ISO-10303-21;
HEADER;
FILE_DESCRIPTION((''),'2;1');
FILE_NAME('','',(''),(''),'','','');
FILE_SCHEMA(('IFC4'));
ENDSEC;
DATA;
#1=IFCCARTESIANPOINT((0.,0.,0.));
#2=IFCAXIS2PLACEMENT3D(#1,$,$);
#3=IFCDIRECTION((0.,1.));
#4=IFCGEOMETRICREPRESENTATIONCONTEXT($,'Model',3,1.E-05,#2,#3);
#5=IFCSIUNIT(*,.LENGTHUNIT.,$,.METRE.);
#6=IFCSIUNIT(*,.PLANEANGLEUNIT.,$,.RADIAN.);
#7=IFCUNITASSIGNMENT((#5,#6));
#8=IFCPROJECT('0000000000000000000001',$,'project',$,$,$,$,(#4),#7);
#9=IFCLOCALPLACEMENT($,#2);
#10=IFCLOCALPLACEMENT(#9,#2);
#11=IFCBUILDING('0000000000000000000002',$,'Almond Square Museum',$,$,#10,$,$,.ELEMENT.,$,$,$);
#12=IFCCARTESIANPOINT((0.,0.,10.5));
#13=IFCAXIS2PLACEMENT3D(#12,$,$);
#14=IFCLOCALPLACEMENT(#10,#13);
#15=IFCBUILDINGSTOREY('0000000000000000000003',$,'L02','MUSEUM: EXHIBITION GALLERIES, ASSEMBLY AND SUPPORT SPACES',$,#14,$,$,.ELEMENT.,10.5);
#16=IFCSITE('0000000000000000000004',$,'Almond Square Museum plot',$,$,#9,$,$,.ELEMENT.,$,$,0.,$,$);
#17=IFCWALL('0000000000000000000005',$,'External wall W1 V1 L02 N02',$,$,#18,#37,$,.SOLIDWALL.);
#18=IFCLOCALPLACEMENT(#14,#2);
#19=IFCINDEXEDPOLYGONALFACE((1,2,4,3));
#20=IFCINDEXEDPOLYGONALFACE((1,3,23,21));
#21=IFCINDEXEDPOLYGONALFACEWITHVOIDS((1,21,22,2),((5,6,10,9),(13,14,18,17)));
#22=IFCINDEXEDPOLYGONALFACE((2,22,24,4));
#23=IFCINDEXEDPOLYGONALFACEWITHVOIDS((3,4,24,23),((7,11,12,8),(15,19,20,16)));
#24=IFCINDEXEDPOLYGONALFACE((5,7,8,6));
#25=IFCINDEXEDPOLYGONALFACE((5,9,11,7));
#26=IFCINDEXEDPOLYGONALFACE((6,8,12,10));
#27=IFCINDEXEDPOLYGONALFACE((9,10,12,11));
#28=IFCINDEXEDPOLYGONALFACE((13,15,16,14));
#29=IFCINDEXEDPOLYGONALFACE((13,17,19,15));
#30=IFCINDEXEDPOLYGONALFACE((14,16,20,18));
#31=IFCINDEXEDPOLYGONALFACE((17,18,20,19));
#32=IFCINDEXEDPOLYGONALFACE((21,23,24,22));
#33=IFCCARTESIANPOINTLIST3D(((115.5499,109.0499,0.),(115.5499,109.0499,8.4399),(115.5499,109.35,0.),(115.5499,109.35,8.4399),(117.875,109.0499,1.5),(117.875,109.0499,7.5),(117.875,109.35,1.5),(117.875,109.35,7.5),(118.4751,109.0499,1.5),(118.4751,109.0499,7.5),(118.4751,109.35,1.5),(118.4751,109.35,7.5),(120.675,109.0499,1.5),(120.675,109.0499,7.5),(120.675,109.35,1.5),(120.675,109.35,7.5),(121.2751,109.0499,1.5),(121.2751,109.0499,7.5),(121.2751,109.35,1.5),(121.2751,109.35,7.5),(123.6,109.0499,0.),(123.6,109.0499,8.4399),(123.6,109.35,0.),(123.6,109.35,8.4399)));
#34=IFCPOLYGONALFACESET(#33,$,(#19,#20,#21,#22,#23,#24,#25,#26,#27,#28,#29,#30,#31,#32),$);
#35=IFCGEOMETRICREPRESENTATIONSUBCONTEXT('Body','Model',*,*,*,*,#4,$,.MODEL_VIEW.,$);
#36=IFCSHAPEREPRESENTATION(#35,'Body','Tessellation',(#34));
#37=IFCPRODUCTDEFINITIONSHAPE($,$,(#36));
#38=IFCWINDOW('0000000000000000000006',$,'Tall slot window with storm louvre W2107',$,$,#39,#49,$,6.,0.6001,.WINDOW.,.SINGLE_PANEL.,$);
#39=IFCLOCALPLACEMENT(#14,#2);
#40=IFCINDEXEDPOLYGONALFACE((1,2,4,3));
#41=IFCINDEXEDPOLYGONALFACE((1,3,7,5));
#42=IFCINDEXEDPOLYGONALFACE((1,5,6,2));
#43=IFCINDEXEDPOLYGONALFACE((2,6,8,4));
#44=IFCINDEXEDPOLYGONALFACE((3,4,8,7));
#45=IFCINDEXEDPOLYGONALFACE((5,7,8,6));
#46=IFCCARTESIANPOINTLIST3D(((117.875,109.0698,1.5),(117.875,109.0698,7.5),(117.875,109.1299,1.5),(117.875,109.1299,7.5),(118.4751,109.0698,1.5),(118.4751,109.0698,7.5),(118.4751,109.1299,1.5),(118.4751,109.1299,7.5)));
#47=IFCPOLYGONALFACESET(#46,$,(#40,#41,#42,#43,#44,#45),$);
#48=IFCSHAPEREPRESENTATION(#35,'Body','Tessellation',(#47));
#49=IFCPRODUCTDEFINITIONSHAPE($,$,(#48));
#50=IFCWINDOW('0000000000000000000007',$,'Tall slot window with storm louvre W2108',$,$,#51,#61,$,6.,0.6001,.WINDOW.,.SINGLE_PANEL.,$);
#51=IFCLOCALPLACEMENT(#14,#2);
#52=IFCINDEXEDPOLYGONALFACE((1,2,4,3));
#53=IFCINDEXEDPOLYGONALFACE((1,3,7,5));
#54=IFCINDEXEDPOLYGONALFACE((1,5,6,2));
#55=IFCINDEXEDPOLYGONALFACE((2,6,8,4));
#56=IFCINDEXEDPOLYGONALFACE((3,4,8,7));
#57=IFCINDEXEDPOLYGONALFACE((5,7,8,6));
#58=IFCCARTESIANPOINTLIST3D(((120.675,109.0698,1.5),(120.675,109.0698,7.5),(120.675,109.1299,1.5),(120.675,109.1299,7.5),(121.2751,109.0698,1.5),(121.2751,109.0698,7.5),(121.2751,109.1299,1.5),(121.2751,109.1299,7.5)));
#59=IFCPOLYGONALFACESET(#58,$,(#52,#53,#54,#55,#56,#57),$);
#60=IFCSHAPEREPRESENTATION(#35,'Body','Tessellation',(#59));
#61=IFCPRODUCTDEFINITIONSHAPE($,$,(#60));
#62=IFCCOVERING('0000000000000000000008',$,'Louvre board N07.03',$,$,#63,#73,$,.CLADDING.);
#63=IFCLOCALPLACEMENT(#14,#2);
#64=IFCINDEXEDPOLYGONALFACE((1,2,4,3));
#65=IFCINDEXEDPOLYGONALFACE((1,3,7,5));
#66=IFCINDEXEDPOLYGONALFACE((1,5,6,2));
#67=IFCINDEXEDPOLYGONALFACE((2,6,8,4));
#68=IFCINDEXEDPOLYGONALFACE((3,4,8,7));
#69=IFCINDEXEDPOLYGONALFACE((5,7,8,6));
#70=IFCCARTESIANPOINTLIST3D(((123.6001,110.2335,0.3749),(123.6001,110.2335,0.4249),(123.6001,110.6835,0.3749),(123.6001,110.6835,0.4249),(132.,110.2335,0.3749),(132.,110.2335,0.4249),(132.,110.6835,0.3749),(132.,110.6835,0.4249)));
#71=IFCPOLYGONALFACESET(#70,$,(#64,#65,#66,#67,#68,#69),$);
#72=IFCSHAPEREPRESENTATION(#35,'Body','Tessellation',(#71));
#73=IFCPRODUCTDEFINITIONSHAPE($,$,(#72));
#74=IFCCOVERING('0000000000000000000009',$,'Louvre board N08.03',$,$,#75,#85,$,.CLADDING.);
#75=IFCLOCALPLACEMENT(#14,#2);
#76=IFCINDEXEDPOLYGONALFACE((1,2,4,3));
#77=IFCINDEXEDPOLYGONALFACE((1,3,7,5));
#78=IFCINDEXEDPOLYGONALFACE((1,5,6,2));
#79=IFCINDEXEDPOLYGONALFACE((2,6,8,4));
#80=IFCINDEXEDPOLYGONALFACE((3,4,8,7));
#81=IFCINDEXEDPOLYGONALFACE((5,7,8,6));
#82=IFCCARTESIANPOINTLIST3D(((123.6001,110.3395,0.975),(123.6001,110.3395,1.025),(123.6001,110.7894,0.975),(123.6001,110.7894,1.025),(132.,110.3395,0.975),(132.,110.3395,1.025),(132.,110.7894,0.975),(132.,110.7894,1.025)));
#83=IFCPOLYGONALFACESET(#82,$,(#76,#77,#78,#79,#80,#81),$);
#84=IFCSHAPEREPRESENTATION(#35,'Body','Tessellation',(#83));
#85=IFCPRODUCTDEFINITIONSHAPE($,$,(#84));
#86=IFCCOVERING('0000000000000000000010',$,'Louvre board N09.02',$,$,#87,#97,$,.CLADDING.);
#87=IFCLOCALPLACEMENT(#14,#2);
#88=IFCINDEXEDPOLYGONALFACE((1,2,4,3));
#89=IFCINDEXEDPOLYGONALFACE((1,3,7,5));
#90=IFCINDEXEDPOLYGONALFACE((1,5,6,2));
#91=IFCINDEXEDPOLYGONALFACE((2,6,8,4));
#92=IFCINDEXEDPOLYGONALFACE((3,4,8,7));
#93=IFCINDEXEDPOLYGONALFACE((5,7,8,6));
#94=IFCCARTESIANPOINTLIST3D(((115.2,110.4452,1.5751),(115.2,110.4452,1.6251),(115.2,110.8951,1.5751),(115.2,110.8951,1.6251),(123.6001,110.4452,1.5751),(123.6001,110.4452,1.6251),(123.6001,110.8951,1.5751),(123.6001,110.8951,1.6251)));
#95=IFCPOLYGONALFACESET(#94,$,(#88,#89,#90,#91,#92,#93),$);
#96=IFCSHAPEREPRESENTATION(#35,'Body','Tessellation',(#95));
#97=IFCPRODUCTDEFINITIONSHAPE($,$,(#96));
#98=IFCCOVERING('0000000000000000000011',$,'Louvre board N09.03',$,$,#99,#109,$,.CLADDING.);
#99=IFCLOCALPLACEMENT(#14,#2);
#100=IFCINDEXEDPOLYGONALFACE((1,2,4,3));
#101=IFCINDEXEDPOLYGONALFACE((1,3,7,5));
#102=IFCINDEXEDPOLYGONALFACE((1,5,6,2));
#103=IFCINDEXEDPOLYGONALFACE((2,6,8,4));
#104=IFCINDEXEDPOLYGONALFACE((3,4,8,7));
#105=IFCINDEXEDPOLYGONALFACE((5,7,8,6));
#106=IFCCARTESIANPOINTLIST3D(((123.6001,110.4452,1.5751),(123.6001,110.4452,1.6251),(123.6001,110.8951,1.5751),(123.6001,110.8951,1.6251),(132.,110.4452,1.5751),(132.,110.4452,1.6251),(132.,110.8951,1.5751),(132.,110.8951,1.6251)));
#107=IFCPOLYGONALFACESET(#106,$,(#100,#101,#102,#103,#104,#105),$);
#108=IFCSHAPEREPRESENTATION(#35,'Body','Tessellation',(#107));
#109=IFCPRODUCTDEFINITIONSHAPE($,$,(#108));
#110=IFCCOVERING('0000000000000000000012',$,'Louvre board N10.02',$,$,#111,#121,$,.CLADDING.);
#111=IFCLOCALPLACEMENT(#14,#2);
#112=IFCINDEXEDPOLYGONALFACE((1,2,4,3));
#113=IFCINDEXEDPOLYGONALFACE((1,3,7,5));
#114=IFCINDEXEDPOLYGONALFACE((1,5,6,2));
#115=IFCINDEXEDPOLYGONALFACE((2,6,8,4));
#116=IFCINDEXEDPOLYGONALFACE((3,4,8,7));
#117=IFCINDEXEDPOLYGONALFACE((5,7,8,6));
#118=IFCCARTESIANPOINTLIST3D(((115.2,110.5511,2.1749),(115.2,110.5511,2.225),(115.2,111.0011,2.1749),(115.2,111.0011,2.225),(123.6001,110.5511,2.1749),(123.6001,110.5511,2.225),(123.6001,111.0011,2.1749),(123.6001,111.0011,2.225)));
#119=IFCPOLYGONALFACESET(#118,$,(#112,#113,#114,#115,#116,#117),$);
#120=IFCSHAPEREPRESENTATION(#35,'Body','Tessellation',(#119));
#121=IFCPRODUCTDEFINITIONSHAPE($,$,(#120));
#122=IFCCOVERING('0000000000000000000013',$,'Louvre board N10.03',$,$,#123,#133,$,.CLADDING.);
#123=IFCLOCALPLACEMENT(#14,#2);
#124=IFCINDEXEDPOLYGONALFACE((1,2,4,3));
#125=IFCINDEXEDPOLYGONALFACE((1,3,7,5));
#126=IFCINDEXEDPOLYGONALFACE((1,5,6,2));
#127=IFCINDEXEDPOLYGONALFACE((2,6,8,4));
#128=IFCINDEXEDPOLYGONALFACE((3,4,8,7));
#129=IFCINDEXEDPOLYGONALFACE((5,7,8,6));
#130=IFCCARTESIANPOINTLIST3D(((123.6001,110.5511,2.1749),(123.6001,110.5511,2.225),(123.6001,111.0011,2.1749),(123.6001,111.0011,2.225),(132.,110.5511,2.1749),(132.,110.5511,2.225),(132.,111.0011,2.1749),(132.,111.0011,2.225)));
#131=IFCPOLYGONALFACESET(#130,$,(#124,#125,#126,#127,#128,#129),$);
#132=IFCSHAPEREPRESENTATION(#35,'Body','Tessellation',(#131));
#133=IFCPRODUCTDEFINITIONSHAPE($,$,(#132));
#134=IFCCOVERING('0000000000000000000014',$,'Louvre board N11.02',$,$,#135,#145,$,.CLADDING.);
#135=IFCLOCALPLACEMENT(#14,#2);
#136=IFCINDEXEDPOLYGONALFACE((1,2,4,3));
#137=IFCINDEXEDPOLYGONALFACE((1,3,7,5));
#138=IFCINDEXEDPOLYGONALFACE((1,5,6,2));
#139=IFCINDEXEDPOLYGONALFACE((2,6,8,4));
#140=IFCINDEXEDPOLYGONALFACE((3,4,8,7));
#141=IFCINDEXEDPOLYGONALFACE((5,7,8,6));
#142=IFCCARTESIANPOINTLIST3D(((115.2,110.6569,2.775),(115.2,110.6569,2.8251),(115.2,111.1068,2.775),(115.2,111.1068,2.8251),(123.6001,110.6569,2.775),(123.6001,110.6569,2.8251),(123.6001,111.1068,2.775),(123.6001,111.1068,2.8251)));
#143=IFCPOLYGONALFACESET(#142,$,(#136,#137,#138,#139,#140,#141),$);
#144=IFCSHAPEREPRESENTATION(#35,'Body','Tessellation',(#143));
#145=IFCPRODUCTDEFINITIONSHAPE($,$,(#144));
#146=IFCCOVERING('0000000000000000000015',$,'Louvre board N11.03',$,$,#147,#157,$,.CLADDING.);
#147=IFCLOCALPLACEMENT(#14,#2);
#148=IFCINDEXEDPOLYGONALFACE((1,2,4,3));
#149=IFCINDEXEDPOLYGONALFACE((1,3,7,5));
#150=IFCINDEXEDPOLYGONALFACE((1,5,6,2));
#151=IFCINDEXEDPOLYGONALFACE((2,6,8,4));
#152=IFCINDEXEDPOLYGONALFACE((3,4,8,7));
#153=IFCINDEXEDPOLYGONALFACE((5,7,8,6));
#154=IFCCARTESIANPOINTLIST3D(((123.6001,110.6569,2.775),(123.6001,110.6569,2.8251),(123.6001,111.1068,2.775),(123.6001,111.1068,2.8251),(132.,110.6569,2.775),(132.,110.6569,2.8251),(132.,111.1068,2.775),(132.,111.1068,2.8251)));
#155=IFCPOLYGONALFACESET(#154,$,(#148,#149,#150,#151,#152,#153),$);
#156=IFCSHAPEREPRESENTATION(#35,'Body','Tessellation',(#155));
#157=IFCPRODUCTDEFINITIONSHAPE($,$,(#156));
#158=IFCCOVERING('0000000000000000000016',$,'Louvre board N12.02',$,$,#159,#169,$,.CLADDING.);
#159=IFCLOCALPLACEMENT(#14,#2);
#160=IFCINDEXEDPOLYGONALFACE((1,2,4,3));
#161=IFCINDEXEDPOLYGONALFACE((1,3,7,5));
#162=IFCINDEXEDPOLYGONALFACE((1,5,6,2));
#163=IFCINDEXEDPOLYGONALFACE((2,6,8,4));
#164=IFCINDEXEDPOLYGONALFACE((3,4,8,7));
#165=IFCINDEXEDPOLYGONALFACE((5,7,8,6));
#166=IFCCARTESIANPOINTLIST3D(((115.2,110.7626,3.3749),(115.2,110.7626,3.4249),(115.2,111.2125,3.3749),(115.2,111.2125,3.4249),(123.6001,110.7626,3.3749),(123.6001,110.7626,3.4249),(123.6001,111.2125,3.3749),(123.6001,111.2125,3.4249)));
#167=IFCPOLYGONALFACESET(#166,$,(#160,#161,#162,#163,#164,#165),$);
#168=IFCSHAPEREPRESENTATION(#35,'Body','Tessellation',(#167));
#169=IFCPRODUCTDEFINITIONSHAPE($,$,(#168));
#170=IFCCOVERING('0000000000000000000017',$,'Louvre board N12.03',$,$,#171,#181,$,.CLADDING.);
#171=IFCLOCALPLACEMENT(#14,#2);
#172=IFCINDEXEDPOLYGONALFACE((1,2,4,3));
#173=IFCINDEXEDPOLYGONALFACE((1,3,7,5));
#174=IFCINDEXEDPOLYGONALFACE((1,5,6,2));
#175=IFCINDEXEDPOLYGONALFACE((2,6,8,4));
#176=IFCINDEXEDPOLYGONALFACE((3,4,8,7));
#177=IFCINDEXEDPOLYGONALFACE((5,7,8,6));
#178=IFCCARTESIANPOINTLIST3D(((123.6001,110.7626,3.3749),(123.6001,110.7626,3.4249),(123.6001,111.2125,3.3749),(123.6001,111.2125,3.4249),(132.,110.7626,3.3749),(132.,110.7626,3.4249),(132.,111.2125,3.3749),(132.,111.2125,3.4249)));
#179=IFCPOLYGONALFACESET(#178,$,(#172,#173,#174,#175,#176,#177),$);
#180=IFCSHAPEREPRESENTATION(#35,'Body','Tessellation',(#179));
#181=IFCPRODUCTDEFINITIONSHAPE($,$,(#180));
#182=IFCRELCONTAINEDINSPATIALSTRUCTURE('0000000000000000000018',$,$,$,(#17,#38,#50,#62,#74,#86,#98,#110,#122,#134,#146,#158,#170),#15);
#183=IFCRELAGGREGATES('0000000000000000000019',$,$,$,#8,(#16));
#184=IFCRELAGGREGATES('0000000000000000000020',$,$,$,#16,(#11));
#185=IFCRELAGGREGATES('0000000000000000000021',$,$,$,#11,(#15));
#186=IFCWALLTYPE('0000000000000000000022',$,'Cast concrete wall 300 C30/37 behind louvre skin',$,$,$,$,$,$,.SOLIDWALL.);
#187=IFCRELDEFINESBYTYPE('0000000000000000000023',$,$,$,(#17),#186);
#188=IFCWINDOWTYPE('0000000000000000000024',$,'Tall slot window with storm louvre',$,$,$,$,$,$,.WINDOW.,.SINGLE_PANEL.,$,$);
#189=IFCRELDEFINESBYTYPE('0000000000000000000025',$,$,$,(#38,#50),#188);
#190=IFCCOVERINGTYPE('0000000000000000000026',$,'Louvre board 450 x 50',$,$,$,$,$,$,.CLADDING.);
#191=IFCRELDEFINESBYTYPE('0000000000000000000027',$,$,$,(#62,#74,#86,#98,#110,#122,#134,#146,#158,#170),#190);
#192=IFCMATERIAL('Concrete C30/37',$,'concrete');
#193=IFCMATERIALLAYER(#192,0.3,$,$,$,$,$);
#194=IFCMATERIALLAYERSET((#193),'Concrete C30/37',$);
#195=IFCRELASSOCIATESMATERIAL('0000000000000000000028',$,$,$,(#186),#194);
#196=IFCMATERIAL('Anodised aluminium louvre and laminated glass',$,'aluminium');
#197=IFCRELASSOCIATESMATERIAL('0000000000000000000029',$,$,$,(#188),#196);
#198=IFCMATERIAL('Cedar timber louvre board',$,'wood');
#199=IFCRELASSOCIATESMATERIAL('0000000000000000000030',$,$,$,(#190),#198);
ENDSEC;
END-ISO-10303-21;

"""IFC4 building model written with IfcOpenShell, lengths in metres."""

from ifc_helpers import new_model, si_unit, direction, frame, frame_2d, origin, origin_2d, place, context, subcontext, project, spatial, rectangle, extrude, material, layer, layer_set, material_profile, profile_set, type_object, element, fill, save


model = new_model("IFC4")

# Units and contexts
model_context = context("Model", 3, precision=1e-05, world=origin(), true_north=direction((0.0, 1.0)))
body_context = subcontext(model_context, "Body", "Model", "MODEL_VIEW")
ifc_project = project(units=[si_unit("LENGTHUNIT", "METRE"), si_unit("PLANEANGLEUNIT", "RADIAN")], contexts=[model_context])

# Site, building, storey
site_placement = place(None, origin())
site = spatial("IfcSite", under=ifc_project, at=site_placement, Name="Almond Square Museum plot", CompositionType="ELEMENT", RefElevation=0.0)
building_placement = place(site_placement, origin())
building = spatial("IfcBuilding", under=site, at=building_placement, Name="Almond Square Museum", CompositionType="ELEMENT")
storey_placement = place(building_placement, frame((0.0, 0.0, 10.5)))
storey = spatial("IfcBuildingStorey", under=building, at=storey_placement, Name="L02", Description="MUSEUM: EXHIBITION GALLERIES, ASSEMBLY AND SUPPORT SPACES", CompositionType="ELEMENT", Elevation=10.5)

# Wall, openings, windows
ifc_material_1 = material(Name="Concrete C30/37", Category="concrete")
ifc_layer_1 = layer(ifc_material_1, 0.3)
ifc_layer_set_1 = layer_set([ifc_layer_1], Name="Concrete C30/37")
wall_type = type_object("IfcWallType", Name="Cast concrete wall 300 C30/37 behind louvre skin", PredefinedType="SOLIDWALL", material=ifc_layer_set_1)
wall_placement = place(storey_placement, frame((115.55, 109.2, 0.0), z_axis=(0.0, 0.0, 1.0), x_axis=(1.0, 0.0, 0.0)))
wall = element("IfcWall", 1, at=wall_placement, inside=storey, type_object=wall_type, Name="External wall W1 V1 L02 N02", PredefinedType="SOLIDWALL", context=body_context, shape_type="SweptSolid", body=[
    extrude(rectangle(XDim=8.05, YDim=0.3, at=frame_2d((4.0249, 0.0))), origin(), (0.0, 0.0, 1.0), 8.4399),
])
opening_1_placement = place(wall_placement, frame((2.325, 0.0, 1.5)))
opening_1 = element("IfcOpeningElement", 2, at=opening_1_placement, cuts=wall, PredefinedType="OPENING", context=body_context, shape_type="SweptSolid", body=[
    extrude(rectangle(XDim=0.6001, YDim=6.0, at=frame_2d((0.3, 3.0))), frame((0.0, 0.1599, 0.0), z_axis=(0.0, -1.0, 0.0), x_axis=(1.0, 0.0, 0.0)), (0.0, 0.0, 1.0), 0.3201),
])
opening_2_placement = place(wall_placement, frame((5.125, 0.0, 1.5)))
opening_2 = element("IfcOpeningElement", 3, at=opening_2_placement, cuts=wall, PredefinedType="OPENING", context=body_context, shape_type="SweptSolid", body=[
    extrude(rectangle(XDim=0.6001, YDim=6.0, at=frame_2d((0.3, 3.0))), frame((0.0, 0.1599, 0.0), z_axis=(0.0, -1.0, 0.0), x_axis=(1.0, 0.0, 0.0)), (0.0, 0.0, 1.0), 0.3201),
])
ifc_material_2 = material(Name="Anodised aluminium louvre and laminated glass", Category="aluminium")
window_type = type_object("IfcWindowType", Name="Tall slot window with storm louvre", PartitioningType="SINGLE_PANEL", PredefinedType="WINDOW", material=ifc_material_2)
window_1_placement = place(opening_1_placement, origin())
window_1 = element("IfcWindow", 4, at=window_1_placement, inside=storey, type_object=window_type, Name="Tall slot window with storm louvre W2107", OverallHeight=6.0, OverallWidth=0.6001, PartitioningType="SINGLE_PANEL", PredefinedType="WINDOW", context=body_context, shape_type="SweptSolid", body=[
    extrude(rectangle(XDim=0.6001, YDim=6.0, at=frame_2d((0.3, 3.0))), frame((0.0, -0.0701, 0.0), z_axis=(0.0, -1.0, 0.0), x_axis=(1.0, 0.0, 0.0)), (0.0, 0.0, 1.0), 0.0601),
])
fill(opening_1, window_1)
window_2_placement = place(opening_2_placement, origin())
window_2 = element("IfcWindow", 5, at=window_2_placement, inside=storey, type_object=window_type, Name="Tall slot window with storm louvre W2108", OverallHeight=6.0, OverallWidth=0.6001, PartitioningType="SINGLE_PANEL", PredefinedType="WINDOW", context=body_context, shape_type="SweptSolid", body=[
    extrude(rectangle(XDim=0.6001, YDim=6.0, at=frame_2d((0.3, 3.0))), frame((0.0, -0.0701, 0.0), z_axis=(0.0, -1.0, 0.0), x_axis=(1.0, 0.0, 0.0)), (0.0, 0.0, 1.0), 0.0601),
])
fill(opening_2, window_2)

# Coverings
ifc_material_3 = material(Name="Cedar timber louvre board", Category="wood")
ifc_material_profile = material_profile(ifc_material_3, rectangle(XDim=0.45, YDim=0.05, at=origin_2d()))
ifc_profile_set = profile_set([ifc_material_profile], Name="Cedar timber louvre board")
covering_type_1 = type_object("IfcCoveringType", Name="Louvre board 450 x 50", PredefinedType="CLADDING", material=ifc_profile_set)
for number, where, z_axis, x_axis, name in (
    (6, (123.6001, 110.4585, 0.3999), (1.0, 0.0, 0.0), (0.0, 1.0, 0.0), "Louvre board N07.03"),
    (7, (123.6001, 110.5645, 1.0), (1.0, 0.0, 0.0), (0.0, 1.0, 0.0), "Louvre board N08.03"),
):
    element("IfcCovering", number, at=place(storey_placement, frame(where, z_axis=z_axis, x_axis=x_axis)), inside=storey, type_object=covering_type_1, Name=name, PredefinedType="CLADDING", context=body_context, shape_type="SweptSolid", body=[
        extrude(rectangle(XDim=0.45, YDim=0.05, at=origin_2d()), origin(), (0.0, 0.0, 1.0), 8.3999),
    ])
covering_1_placement = place(storey_placement, frame((115.2, 110.6702, 1.6001), z_axis=(1.0, 0.0, 0.0), x_axis=(0.0, 1.0, 0.0)))
element("IfcCovering", 8, at=covering_1_placement, inside=storey, type_object=covering_type_1, Name="Louvre board N09.02", PredefinedType="CLADDING", context=body_context, shape_type="SweptSolid", body=[
    extrude(rectangle(XDim=0.45, YDim=0.05, at=origin_2d()), origin(), (0.0, 0.0, 1.0), 8.4001),
])
covering_2_placement = place(storey_placement, frame((123.6001, 110.6702, 1.6001), z_axis=(1.0, 0.0, 0.0), x_axis=(0.0, 1.0, 0.0)))
element("IfcCovering", 9, at=covering_2_placement, inside=storey, type_object=covering_type_1, Name="Louvre board N09.03", PredefinedType="CLADDING", context=body_context, shape_type="SweptSolid", body=[
    extrude(rectangle(XDim=0.45, YDim=0.05, at=origin_2d()), origin(), (0.0, 0.0, 1.0), 8.3999),
])
covering_3_placement = place(storey_placement, frame((115.2, 110.7761, 2.2), z_axis=(1.0, 0.0, 0.0), x_axis=(0.0, 1.0, 0.0)))
element("IfcCovering", 10, at=covering_3_placement, inside=storey, type_object=covering_type_1, Name="Louvre board N10.02", PredefinedType="CLADDING", context=body_context, shape_type="SweptSolid", body=[
    extrude(rectangle(XDim=0.45, YDim=0.05, at=origin_2d()), origin(), (0.0, 0.0, 1.0), 8.4001),
])
covering_4_placement = place(storey_placement, frame((123.6001, 110.7761, 2.2), z_axis=(1.0, 0.0, 0.0), x_axis=(0.0, 1.0, 0.0)))
element("IfcCovering", 11, at=covering_4_placement, inside=storey, type_object=covering_type_1, Name="Louvre board N10.03", PredefinedType="CLADDING", context=body_context, shape_type="SweptSolid", body=[
    extrude(rectangle(XDim=0.45, YDim=0.05, at=origin_2d()), origin(), (0.0, 0.0, 1.0), 8.3999),
])
covering_5_placement = place(storey_placement, frame((115.2, 110.8818, 2.8), z_axis=(1.0, 0.0, 0.0), x_axis=(0.0, 1.0, 0.0)))
element("IfcCovering", 12, at=covering_5_placement, inside=storey, type_object=covering_type_1, Name="Louvre board N11.02", PredefinedType="CLADDING", context=body_context, shape_type="SweptSolid", body=[
    extrude(rectangle(XDim=0.45, YDim=0.05, at=origin_2d()), origin(), (0.0, 0.0, 1.0), 8.4001),
])
covering_6_placement = place(storey_placement, frame((123.6001, 110.8818, 2.8), z_axis=(1.0, 0.0, 0.0), x_axis=(0.0, 1.0, 0.0)))
element("IfcCovering", 13, at=covering_6_placement, inside=storey, type_object=covering_type_1, Name="Louvre board N11.03", PredefinedType="CLADDING", context=body_context, shape_type="SweptSolid", body=[
    extrude(rectangle(XDim=0.45, YDim=0.05, at=origin_2d()), origin(), (0.0, 0.0, 1.0), 8.3999),
])
covering_7_placement = place(storey_placement, frame((115.2, 110.9875, 3.3999), z_axis=(1.0, 0.0, 0.0), x_axis=(0.0, 1.0, 0.0)))
element("IfcCovering", 14, at=covering_7_placement, inside=storey, type_object=covering_type_1, Name="Louvre board N12.02", PredefinedType="CLADDING", context=body_context, shape_type="SweptSolid", body=[
    extrude(rectangle(XDim=0.45, YDim=0.05, at=origin_2d()), origin(), (0.0, 0.0, 1.0), 8.4001),
])
covering_8_placement = place(storey_placement, frame((123.6001, 110.9875, 3.3999), z_axis=(1.0, 0.0, 0.0), x_axis=(0.0, 1.0, 0.0)))
element("IfcCovering", 15, at=covering_8_placement, inside=storey, type_object=covering_type_1, Name="Louvre board N12.03", PredefinedType="CLADDING", context=body_context, shape_type="SweptSolid", body=[
    extrude(rectangle(XDim=0.45, YDim=0.05, at=origin_2d()), origin(), (0.0, 0.0, 1.0), 8.3999),
])

save(model, "model.ifc")
